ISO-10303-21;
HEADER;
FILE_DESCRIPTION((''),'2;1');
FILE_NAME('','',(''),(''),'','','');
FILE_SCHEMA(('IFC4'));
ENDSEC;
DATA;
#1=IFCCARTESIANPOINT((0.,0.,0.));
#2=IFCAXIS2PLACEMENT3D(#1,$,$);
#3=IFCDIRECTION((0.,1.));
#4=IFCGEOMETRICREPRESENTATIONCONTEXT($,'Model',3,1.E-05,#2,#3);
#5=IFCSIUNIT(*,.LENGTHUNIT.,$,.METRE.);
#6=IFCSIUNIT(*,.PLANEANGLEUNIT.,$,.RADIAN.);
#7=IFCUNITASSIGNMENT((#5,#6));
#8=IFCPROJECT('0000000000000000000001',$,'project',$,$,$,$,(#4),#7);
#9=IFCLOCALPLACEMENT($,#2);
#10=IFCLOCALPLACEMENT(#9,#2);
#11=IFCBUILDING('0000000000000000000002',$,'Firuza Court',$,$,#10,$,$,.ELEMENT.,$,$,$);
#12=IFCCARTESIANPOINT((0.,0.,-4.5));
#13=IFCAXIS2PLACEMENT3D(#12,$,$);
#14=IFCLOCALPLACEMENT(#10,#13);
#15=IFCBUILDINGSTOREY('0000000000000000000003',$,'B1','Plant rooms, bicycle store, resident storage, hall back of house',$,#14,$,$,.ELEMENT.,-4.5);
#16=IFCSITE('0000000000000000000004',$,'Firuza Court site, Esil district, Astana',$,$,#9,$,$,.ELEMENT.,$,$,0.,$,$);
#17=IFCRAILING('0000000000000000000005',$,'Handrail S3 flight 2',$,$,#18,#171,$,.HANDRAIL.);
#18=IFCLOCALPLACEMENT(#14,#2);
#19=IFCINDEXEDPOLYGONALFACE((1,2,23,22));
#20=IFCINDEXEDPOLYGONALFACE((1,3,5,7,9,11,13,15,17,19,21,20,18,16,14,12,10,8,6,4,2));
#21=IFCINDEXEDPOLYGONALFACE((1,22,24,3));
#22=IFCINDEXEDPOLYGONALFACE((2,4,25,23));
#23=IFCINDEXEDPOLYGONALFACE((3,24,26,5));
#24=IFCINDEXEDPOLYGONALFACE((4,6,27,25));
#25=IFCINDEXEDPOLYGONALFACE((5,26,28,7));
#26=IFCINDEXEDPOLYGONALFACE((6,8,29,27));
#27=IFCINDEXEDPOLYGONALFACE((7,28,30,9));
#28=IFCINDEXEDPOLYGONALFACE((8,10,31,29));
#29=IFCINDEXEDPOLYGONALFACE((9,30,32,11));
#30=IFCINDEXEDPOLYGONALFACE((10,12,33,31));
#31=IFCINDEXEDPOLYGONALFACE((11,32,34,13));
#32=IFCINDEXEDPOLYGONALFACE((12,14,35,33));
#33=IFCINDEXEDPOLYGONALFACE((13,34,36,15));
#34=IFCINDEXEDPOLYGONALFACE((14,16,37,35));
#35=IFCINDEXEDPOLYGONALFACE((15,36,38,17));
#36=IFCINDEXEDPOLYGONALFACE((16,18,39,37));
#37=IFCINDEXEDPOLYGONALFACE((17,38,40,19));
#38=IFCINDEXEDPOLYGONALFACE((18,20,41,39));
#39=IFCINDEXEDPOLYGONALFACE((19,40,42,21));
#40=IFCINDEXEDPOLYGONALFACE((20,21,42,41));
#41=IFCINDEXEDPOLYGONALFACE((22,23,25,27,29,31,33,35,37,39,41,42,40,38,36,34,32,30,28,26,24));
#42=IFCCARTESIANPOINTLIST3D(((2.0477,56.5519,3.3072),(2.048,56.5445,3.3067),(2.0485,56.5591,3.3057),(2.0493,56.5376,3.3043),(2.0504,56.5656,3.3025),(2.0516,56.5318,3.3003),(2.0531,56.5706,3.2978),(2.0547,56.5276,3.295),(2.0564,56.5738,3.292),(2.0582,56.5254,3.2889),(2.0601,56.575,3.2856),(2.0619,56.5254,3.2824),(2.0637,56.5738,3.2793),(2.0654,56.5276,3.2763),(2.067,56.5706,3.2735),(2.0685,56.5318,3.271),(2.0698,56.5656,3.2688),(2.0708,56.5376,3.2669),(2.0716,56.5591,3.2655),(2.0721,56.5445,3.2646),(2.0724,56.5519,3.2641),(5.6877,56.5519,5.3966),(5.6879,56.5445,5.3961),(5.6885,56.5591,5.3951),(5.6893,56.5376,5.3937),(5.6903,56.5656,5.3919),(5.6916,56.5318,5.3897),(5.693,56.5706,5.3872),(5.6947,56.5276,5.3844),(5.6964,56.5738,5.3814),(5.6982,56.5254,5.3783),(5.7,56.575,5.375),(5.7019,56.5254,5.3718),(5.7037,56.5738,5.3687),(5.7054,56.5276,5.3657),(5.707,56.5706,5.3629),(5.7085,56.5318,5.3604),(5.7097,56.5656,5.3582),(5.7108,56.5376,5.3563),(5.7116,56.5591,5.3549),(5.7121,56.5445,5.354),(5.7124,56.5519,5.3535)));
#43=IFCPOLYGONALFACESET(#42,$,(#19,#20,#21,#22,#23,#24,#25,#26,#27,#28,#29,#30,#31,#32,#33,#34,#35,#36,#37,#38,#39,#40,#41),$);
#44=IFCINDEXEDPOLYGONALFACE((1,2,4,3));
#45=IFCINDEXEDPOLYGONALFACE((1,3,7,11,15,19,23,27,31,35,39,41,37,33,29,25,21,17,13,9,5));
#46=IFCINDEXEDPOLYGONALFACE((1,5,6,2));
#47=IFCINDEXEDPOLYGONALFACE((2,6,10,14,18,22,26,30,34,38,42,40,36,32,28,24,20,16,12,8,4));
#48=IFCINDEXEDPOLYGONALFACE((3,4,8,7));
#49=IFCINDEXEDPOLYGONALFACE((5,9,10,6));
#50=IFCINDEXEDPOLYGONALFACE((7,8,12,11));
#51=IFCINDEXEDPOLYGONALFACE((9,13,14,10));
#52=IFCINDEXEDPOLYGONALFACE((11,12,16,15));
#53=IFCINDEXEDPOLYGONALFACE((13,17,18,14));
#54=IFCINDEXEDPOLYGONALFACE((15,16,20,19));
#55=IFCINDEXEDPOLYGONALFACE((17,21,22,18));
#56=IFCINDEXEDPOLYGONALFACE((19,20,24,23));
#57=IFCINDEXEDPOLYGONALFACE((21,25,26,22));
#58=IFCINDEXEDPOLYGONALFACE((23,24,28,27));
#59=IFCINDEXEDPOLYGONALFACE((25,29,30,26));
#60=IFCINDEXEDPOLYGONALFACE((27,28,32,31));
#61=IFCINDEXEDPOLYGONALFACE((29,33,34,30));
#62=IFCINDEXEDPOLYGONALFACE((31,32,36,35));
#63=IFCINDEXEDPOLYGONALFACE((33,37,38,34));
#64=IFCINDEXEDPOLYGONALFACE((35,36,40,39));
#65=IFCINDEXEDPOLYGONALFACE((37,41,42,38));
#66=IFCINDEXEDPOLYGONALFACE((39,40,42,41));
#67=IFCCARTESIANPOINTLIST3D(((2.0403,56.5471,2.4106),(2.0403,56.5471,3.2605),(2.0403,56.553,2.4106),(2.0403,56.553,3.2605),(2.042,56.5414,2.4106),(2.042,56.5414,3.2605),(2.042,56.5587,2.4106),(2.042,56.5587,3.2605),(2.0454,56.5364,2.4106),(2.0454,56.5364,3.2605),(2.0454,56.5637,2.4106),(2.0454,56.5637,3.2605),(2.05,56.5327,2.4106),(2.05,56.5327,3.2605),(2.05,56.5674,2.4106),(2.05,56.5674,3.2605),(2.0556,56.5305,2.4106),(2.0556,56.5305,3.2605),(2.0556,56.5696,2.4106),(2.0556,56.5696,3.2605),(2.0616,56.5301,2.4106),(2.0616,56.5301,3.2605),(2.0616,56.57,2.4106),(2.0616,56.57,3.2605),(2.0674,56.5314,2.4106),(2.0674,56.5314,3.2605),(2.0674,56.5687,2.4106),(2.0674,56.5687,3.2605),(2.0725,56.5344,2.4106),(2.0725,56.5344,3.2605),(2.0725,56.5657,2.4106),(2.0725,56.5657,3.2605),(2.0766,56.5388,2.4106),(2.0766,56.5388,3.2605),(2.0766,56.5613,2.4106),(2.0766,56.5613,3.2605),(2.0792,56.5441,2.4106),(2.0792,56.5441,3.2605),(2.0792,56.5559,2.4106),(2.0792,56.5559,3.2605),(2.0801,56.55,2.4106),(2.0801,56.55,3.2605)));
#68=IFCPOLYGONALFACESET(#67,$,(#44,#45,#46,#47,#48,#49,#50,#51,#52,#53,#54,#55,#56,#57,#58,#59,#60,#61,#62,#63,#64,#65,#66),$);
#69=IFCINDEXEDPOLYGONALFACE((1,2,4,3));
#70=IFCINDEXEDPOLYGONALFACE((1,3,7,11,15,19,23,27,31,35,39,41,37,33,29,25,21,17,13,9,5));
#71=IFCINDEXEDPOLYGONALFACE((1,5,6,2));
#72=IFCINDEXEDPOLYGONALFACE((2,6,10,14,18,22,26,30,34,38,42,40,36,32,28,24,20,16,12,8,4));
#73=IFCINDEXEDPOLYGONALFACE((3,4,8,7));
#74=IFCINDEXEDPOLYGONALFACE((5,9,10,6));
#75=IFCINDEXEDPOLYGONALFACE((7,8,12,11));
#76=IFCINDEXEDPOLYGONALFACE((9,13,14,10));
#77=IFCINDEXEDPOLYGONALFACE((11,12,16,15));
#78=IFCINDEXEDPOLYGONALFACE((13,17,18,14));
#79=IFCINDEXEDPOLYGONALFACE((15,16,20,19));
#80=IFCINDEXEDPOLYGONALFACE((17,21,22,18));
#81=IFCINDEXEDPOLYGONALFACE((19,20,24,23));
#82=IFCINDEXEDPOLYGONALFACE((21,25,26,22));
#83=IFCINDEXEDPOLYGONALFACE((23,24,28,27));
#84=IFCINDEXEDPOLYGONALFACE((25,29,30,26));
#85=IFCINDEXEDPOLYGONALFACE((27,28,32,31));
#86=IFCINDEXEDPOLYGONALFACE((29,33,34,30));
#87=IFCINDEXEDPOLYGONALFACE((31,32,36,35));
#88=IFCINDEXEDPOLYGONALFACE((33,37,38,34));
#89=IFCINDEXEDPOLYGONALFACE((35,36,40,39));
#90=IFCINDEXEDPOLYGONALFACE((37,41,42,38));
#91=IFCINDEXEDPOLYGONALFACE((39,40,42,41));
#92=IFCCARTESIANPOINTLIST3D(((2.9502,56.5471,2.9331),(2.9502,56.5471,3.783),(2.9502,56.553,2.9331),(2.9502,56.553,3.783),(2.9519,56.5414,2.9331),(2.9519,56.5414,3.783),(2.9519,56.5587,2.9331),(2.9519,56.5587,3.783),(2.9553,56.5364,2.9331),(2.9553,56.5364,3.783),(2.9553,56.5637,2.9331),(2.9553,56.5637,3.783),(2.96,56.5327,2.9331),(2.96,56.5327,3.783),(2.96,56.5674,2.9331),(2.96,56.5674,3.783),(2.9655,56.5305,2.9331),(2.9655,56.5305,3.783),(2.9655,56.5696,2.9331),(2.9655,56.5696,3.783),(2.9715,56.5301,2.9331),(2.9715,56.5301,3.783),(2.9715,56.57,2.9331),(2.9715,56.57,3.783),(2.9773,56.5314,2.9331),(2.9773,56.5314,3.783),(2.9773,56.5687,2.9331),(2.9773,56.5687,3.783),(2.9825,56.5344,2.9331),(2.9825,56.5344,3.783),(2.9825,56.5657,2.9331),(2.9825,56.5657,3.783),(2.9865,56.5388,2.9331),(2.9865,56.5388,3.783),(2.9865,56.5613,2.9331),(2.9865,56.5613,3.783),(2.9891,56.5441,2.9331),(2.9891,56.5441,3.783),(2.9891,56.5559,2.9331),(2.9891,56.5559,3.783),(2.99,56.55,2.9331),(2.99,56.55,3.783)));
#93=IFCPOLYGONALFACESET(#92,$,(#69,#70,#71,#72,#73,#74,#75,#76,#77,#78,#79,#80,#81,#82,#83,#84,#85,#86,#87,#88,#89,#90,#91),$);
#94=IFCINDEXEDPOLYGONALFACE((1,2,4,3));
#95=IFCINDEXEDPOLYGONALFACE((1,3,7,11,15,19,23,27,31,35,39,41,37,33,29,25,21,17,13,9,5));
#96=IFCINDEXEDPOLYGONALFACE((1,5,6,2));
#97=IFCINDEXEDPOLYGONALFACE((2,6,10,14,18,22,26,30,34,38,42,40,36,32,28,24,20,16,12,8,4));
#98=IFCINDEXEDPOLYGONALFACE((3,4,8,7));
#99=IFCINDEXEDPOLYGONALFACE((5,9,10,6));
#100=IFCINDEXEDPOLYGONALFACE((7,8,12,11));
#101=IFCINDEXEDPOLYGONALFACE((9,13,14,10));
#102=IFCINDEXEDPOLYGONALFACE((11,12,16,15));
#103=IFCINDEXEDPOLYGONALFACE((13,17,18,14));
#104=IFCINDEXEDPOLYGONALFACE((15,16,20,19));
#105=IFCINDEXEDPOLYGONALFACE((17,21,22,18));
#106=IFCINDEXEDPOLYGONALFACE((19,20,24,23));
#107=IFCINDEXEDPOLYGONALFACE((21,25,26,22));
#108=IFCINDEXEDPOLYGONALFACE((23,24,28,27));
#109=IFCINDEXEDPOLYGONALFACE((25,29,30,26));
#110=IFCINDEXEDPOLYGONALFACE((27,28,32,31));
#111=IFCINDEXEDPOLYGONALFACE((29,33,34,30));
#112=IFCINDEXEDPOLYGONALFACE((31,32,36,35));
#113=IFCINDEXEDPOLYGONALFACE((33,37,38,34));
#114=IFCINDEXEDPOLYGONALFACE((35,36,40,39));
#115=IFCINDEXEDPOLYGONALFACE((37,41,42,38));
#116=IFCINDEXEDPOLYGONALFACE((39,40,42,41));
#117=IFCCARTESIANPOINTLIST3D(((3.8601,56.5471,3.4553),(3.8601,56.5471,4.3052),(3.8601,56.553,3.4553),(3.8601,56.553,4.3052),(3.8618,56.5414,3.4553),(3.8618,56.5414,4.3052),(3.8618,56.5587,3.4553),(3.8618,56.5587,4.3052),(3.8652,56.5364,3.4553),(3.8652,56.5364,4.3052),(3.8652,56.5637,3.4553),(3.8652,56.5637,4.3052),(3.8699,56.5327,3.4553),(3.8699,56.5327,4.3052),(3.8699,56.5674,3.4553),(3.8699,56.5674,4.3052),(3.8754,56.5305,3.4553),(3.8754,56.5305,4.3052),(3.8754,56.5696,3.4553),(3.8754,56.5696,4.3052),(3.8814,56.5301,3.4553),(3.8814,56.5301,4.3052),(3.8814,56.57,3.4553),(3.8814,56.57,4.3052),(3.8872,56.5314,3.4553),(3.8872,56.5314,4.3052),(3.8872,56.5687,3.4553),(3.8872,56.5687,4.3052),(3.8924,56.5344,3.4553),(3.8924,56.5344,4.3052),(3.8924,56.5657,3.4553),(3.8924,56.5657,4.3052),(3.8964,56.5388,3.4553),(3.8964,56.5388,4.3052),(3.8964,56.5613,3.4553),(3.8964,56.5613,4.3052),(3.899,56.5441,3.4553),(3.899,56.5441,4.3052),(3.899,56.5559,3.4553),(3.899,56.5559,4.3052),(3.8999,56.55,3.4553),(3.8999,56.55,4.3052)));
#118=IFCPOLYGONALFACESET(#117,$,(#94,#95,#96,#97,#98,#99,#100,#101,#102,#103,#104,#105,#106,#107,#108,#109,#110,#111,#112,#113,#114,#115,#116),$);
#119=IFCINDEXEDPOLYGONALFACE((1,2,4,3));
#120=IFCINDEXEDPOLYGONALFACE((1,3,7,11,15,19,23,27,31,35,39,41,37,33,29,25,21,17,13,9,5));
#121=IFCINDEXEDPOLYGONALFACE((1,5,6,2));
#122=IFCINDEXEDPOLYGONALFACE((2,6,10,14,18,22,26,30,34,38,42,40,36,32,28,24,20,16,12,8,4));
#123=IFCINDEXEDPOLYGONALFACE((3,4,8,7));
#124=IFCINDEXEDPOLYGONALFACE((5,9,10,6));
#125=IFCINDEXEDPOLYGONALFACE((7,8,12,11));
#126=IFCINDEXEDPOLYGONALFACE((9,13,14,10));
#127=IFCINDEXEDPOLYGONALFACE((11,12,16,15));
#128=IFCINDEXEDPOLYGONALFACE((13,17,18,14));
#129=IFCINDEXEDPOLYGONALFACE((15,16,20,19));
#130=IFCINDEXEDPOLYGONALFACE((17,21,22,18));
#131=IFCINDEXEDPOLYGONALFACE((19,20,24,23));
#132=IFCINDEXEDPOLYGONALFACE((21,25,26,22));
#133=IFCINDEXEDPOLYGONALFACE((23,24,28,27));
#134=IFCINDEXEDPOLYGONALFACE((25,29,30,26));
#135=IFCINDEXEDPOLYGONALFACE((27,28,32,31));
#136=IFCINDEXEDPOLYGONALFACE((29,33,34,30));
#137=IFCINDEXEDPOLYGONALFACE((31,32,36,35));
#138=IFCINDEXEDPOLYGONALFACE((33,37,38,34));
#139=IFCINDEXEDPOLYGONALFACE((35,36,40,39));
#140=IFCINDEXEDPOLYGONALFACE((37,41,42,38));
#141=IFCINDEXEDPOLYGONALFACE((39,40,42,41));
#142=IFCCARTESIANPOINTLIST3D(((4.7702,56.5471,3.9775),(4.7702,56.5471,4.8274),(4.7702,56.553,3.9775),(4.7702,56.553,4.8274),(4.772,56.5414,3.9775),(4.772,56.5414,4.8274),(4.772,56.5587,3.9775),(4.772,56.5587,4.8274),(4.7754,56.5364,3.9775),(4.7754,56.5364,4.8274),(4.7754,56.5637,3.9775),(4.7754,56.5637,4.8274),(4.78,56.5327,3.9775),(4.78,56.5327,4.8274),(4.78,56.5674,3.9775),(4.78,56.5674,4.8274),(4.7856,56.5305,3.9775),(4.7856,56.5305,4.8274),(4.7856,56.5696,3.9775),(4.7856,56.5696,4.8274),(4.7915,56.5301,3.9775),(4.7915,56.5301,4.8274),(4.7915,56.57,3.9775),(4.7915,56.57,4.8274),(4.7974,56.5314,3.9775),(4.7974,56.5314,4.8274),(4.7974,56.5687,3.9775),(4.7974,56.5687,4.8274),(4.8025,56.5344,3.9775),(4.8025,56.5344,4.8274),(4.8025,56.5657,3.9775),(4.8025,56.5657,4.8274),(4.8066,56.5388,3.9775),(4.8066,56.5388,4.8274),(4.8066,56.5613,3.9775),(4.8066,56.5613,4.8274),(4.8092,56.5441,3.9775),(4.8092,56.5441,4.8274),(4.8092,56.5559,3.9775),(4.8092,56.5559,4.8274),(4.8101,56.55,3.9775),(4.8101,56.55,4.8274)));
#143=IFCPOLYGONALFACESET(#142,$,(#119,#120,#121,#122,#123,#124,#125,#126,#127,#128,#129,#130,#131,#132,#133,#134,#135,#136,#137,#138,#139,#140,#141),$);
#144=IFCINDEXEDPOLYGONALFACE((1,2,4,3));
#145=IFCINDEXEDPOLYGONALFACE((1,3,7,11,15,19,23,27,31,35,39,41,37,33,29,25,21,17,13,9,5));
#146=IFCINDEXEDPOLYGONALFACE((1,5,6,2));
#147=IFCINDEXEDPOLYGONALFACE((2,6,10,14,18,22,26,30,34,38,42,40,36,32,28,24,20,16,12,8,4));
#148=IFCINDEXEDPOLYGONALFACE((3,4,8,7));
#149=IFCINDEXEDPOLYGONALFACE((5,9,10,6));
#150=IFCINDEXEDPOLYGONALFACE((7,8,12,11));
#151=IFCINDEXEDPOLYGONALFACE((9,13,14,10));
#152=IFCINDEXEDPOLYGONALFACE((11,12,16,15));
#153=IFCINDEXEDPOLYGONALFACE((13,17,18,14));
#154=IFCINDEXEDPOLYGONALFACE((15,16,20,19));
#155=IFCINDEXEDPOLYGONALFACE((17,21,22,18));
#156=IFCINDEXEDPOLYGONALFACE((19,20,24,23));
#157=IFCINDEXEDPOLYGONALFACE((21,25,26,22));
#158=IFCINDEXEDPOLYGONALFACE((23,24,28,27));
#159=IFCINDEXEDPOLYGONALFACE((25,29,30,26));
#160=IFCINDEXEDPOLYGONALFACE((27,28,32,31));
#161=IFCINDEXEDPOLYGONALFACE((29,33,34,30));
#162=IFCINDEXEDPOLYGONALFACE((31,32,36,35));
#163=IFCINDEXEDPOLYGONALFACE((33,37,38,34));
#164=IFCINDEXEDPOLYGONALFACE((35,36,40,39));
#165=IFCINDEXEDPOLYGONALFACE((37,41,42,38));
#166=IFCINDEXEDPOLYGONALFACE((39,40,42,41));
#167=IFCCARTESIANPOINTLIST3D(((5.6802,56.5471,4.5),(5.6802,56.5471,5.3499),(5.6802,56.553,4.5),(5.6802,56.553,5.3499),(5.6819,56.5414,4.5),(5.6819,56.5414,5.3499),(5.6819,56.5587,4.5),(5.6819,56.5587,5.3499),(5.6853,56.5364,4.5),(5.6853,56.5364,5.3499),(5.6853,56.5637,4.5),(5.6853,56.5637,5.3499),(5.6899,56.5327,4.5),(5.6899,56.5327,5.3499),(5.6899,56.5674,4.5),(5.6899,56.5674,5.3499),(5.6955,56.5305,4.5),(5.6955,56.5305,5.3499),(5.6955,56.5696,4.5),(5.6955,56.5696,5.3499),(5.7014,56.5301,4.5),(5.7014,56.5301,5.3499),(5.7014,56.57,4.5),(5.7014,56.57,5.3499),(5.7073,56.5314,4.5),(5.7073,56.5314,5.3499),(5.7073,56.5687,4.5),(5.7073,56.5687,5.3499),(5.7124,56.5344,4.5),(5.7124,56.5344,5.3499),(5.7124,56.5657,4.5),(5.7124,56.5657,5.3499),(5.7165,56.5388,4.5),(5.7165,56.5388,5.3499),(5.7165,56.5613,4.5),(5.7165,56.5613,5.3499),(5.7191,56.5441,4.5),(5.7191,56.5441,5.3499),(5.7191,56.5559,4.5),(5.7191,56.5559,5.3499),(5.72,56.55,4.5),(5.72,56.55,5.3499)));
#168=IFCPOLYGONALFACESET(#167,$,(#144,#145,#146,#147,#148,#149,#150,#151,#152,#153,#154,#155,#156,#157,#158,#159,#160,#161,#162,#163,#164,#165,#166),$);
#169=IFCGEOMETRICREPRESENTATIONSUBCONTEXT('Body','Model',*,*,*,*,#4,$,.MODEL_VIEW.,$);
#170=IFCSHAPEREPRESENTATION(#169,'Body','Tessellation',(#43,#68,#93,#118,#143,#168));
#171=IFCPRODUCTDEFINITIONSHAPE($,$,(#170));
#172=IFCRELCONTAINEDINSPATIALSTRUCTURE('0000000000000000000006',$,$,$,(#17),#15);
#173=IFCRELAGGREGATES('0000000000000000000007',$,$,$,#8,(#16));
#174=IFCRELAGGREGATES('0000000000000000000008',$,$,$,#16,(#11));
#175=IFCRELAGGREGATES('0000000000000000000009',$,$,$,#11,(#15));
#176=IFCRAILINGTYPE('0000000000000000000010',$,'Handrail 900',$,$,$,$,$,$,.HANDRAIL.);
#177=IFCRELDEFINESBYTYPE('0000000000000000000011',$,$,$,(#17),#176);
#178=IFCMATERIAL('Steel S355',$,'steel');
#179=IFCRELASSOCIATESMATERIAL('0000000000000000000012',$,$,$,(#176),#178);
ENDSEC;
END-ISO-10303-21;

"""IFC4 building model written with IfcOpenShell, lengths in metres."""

from ifc_helpers import new_model, si_unit, direction, frame, origin, origin_2d, place, context, subcontext, project, spatial, circle, extrude, material, type_object, element, save


model = new_model("IFC4")

# Units and contexts
model_context = context("Model", 3, precision=1e-05, world=origin(), true_north=direction((0.0, 1.0)))
body_context = subcontext(model_context, "Body", "Model", "MODEL_VIEW")
ifc_project = project(units=[si_unit("LENGTHUNIT", "METRE"), si_unit("PLANEANGLEUNIT", "RADIAN")], contexts=[model_context])

# Site, building, storey
site_placement = place(None, origin())
site = spatial("IfcSite", under=ifc_project, at=site_placement, Name="Firuza Court site, Esil district, Astana", CompositionType="ELEMENT", RefElevation=0.0)
building_placement = place(site_placement, origin())
building = spatial("IfcBuilding", under=site, at=building_placement, Name="Firuza Court", CompositionType="ELEMENT")
storey_placement = place(building_placement, frame((0.0, 0.0, -4.5)))
storey = spatial("IfcBuildingStorey", under=building, at=storey_placement, Name="B1", Description="Plant rooms, bicycle store, resident storage, hall back of house", CompositionType="ELEMENT", Elevation=-4.5)

# Railing
ifc_material_1 = material(Name="Steel S355", Category="steel")
railing_type_1 = type_object("IfcRailingType", Name="Handrail 900", PredefinedType="HANDRAIL", material=ifc_material_1)
railing_1_placement = place(storey_placement, frame((2.0601, 56.55, 2.4106)))
element("IfcRailing", 1, at=railing_1_placement, inside=storey, type_object=railing_type_1, Name="Handrail S3 flight 2", PredefinedType="HANDRAIL", context=body_context, shape_type="SweptSolid", body=[
    extrude(circle(Radius=0.0249, at=origin_2d()), frame((0.0, 0.0, 0.875), z_axis=(0.867275, 0.0, 0.497829), x_axis=(0.0, 1.0, 0.0)), (0.0, 0.0, 1.0), 4.197),
    extrude(circle(Radius=0.02, at=origin_2d()), origin(), (0.0, 0.0, 1.0), 0.8499),
    extrude(circle(Radius=0.02, at=origin_2d()), frame((0.9099, 0.0, 0.5225)), (0.0, 0.0, 1.0), 0.8499),
    extrude(circle(Radius=0.02, at=origin_2d()), frame((1.8198, 0.0, 1.0447)), (0.0, 0.0, 1.0), 0.8499),
    extrude(circle(Radius=0.02, at=origin_2d()), frame((2.73, 0.0, 1.5669)), (0.0, 0.0, 1.0), 0.8499),
    extrude(circle(Radius=0.02, at=origin_2d()), frame((3.6399, 0.0, 2.0894)), (0.0, 0.0, 1.0), 0.8499),
])

save(model, "model.ifc")
